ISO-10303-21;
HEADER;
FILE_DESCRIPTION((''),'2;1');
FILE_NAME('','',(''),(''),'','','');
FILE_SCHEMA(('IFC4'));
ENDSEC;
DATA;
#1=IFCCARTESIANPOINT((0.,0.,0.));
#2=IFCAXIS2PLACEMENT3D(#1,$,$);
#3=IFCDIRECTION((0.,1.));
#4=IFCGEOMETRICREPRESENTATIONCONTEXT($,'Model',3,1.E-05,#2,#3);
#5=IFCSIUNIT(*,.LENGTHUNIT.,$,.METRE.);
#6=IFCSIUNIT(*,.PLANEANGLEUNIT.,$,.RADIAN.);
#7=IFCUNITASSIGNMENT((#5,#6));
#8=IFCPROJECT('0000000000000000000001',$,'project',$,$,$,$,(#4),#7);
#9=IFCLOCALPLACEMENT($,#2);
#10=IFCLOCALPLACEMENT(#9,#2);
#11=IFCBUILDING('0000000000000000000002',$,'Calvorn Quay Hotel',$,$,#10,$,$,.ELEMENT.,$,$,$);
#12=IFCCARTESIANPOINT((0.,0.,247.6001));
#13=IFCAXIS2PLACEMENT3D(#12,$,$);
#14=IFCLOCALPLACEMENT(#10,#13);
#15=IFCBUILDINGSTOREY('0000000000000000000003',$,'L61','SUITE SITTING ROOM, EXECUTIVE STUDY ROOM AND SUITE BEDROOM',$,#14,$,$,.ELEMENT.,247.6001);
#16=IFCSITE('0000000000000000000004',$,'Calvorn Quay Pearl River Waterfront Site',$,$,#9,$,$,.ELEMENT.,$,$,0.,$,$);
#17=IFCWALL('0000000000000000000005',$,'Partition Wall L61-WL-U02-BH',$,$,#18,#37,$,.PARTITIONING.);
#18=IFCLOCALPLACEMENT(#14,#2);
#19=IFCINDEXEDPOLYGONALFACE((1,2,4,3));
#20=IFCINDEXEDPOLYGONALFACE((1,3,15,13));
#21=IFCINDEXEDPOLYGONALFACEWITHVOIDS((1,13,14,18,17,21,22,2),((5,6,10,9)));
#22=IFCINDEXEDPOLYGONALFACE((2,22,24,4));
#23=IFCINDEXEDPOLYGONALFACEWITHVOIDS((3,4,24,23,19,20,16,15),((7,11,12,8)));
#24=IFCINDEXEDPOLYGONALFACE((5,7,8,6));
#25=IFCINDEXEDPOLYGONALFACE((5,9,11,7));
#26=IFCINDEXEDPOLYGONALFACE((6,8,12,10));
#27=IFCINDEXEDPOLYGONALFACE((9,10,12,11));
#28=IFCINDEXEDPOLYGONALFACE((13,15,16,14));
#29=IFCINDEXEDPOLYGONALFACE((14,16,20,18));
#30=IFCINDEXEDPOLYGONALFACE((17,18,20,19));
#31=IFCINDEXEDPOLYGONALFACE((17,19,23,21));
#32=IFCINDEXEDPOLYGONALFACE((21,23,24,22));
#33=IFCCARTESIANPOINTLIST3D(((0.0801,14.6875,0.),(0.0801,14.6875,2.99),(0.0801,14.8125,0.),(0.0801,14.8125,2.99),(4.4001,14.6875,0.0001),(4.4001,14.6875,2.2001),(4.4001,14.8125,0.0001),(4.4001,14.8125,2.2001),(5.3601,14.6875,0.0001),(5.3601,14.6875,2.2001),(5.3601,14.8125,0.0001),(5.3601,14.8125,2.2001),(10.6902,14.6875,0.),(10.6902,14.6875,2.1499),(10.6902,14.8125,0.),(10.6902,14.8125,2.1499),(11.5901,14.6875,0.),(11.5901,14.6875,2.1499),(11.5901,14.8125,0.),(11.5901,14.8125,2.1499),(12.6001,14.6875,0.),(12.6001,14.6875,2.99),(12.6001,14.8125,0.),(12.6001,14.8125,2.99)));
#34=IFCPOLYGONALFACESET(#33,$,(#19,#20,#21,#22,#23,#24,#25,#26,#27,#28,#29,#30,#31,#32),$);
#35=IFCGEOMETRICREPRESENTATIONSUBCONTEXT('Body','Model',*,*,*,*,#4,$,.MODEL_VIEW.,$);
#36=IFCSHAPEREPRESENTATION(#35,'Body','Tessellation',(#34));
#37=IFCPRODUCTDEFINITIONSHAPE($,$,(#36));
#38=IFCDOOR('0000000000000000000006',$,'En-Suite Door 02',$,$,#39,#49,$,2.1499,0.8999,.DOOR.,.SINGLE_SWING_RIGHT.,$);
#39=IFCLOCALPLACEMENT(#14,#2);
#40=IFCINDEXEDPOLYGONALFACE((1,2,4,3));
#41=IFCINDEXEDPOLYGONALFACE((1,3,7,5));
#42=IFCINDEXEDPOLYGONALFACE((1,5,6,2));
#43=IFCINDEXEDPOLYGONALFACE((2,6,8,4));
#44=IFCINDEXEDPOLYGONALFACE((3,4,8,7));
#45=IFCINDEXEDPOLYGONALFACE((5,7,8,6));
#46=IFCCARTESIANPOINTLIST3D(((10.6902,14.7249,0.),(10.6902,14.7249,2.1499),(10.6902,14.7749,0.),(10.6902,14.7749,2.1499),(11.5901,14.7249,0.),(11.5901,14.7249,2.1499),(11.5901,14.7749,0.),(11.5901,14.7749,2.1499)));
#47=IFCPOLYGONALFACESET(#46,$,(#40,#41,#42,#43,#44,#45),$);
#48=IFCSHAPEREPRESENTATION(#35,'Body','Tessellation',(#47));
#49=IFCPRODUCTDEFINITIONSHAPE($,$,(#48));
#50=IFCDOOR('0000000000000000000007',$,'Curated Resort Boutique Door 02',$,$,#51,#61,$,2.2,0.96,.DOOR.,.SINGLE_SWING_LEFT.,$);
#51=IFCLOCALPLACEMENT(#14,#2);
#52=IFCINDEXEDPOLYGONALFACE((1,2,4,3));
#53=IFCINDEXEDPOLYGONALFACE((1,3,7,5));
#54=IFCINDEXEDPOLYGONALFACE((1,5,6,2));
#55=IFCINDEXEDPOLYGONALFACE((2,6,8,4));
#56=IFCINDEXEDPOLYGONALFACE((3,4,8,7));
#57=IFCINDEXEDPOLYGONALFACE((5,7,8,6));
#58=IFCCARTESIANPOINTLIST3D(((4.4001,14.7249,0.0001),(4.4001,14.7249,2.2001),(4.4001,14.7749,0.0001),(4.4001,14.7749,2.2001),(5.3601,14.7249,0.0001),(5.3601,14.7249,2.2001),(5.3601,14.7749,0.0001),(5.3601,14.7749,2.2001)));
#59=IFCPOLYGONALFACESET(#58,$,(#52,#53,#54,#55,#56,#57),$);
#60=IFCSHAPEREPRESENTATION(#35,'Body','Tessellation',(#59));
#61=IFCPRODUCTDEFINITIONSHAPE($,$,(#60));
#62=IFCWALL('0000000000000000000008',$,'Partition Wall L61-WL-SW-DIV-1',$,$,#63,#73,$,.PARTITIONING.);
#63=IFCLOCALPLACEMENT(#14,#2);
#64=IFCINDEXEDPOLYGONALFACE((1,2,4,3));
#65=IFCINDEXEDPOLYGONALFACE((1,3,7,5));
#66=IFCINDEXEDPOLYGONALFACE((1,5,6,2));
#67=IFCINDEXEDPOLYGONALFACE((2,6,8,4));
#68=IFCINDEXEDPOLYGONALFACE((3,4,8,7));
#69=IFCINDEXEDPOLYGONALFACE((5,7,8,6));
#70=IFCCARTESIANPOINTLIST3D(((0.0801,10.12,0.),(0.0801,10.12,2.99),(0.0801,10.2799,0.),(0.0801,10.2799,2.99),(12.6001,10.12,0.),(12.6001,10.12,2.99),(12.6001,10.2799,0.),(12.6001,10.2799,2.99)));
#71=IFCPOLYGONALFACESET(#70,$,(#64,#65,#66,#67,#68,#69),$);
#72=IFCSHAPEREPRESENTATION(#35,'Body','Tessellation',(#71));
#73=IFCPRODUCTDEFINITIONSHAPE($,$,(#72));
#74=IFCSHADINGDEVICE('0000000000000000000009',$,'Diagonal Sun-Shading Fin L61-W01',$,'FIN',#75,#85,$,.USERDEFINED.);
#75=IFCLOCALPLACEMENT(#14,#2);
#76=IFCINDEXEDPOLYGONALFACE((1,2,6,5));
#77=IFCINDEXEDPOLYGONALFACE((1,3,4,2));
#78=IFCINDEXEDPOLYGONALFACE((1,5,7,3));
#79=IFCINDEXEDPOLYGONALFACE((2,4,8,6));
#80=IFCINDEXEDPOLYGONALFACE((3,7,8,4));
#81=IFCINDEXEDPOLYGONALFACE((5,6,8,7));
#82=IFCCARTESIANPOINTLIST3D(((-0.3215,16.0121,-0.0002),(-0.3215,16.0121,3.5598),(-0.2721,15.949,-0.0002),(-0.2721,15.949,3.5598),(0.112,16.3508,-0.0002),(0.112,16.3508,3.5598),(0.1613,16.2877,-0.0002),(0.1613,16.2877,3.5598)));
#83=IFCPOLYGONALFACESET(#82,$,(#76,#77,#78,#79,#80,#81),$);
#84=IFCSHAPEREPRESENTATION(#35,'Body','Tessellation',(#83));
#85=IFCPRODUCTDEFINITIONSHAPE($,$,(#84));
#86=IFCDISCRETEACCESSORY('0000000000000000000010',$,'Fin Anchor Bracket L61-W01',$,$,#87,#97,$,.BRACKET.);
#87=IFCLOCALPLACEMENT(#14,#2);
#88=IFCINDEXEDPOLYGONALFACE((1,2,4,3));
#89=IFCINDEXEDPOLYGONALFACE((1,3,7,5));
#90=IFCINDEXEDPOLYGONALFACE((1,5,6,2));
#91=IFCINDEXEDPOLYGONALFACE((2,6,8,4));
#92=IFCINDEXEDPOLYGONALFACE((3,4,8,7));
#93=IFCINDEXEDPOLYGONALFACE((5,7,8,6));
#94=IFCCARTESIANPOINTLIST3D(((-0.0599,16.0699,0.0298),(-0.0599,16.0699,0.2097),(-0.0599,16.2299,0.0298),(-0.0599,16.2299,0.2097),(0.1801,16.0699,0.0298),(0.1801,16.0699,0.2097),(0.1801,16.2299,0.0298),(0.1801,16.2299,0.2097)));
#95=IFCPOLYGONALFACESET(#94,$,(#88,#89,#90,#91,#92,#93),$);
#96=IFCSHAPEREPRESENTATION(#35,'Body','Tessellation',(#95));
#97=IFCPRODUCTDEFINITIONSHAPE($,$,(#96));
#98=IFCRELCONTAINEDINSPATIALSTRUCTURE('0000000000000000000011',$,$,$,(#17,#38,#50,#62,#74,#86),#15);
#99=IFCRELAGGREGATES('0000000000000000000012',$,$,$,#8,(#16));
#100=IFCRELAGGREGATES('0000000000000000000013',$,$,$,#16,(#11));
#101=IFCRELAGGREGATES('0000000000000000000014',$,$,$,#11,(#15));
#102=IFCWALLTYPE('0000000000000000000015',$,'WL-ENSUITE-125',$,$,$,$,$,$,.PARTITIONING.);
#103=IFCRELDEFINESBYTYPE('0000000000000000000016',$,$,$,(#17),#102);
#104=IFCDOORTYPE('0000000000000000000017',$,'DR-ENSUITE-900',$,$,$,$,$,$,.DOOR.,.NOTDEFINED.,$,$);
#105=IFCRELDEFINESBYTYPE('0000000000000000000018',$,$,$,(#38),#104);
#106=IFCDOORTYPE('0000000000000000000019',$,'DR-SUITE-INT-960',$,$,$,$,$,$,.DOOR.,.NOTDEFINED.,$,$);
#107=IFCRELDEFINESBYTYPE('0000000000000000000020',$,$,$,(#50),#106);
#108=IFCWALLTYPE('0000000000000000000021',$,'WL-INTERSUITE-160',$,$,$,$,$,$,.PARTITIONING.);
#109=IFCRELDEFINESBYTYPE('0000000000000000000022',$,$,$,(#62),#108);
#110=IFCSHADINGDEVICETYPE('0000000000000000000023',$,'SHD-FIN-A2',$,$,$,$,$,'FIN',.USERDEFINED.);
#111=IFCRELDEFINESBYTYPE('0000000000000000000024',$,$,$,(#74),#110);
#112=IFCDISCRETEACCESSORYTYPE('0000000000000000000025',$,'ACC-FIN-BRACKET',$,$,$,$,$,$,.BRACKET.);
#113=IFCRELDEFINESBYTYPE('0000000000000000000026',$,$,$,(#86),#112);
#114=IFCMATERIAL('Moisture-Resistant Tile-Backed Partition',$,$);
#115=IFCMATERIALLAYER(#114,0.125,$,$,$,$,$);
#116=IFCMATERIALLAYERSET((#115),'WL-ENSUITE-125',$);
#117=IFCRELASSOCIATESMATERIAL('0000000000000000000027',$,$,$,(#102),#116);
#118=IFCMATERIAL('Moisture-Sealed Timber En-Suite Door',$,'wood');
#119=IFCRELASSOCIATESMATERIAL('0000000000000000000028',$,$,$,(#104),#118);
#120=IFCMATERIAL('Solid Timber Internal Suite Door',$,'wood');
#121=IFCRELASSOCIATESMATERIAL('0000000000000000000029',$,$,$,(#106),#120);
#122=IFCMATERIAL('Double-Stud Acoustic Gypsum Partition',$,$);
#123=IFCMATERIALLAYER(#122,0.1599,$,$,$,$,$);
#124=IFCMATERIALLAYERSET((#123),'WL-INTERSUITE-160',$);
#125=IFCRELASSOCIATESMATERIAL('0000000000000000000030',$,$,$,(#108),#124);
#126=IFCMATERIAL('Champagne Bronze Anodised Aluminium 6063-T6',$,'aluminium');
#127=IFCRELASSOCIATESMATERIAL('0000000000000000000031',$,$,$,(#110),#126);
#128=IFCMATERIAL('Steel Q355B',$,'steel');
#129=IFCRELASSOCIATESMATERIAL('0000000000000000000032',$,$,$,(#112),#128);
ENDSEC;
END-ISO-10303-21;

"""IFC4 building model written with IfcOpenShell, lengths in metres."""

from ifc_helpers import new_model, si_unit, direction, frame, frame_2d, origin, origin_2d, place, context, subcontext, project, spatial, rectangle, extrude, material, layer, layer_set, type_object, element, fill, save


model = new_model("IFC4")

# Units and contexts
model_context = context("Model", 3, precision=1e-05, world=origin(), true_north=direction((0.0, 1.0)))
body_context = subcontext(model_context, "Body", "Model", "MODEL_VIEW")
ifc_project = project(units=[si_unit("LENGTHUNIT", "METRE"), si_unit("PLANEANGLEUNIT", "RADIAN")], contexts=[model_context])

# Site, building, storey
site_placement = place(None, origin())
site = spatial("IfcSite", under=ifc_project, at=site_placement, Name="Calvorn Quay Pearl River Waterfront Site", CompositionType="ELEMENT", RefElevation=0.0)
building_placement = place(site_placement, origin())
building = spatial("IfcBuilding", under=site, at=building_placement, Name="Calvorn Quay Hotel", CompositionType="ELEMENT")
storey_placement = place(building_placement, frame((0.0, 0.0, 247.6001)))
storey = spatial("IfcBuildingStorey", under=building, at=storey_placement, Name="L61", Description="SUITE SITTING ROOM, EXECUTIVE STUDY ROOM AND SUITE BEDROOM", CompositionType="ELEMENT", Elevation=247.6001)

# Wall, openings, doors
ifc_material_1 = material(Name="Moisture-Resistant Tile-Backed Partition")
ifc_layer_1 = layer(ifc_material_1, 0.125)
ifc_layer_set_1 = layer_set([ifc_layer_1], Name="WL-ENSUITE-125")
wall_type_1 = type_object("IfcWallType", Name="WL-ENSUITE-125", PredefinedType="PARTITIONING", material=ifc_layer_set_1)
ifc_material_2 = material(Name="Moisture-Sealed Timber En-Suite Door", Category="wood")
door_type_1 = type_object("IfcDoorType", Name="DR-ENSUITE-900", OperationType="NOTDEFINED", PredefinedType="DOOR", material=ifc_material_2)
ifc_material_3 = material(Name="Solid Timber Internal Suite Door", Category="wood")
door_type_2 = type_object("IfcDoorType", Name="DR-SUITE-INT-960", OperationType="NOTDEFINED", PredefinedType="DOOR", material=ifc_material_3)
wall_1_placement = place(storey_placement, frame((0.0801, 14.75, 0.0), z_axis=(0.0, 0.0, 1.0), x_axis=(1.0, 0.0, 0.0)))
wall_1 = element("IfcWall", 1, at=wall_1_placement, inside=storey, type_object=wall_type_1, Name="Partition Wall L61-WL-U02-BH", PredefinedType="PARTITIONING", context=body_context, shape_type="SweptSolid", body=[
    extrude(rectangle(XDim=12.52, YDim=0.125, at=frame_2d((6.26, 0.0))), origin(), (0.0, 0.0, 1.0), 2.99),
])
opening_1_placement = place(wall_1_placement, frame((4.3201, 0.0, 0.0)))
opening_1 = element("IfcOpeningElement", 2, at=opening_1_placement, cuts=wall_1, PredefinedType="OPENING", context=body_context, shape_type="SweptSolid", body=[
    extrude(rectangle(XDim=0.96, YDim=2.2, at=frame_2d((0.48, 1.1001))), frame((0.0, 0.0725, 0.0), z_axis=(0.0, -1.0, 0.0), x_axis=(1.0, 0.0, 0.0)), (0.0, 0.0, 1.0), 0.145),
])
opening_2_placement = place(wall_1_placement, frame((10.6101, 0.0, 0.0)))
opening_2 = element("IfcOpeningElement", 3, at=opening_2_placement, cuts=wall_1, PredefinedType="OPENING", context=body_context, shape_type="SweptSolid", body=[
    extrude(rectangle(XDim=0.8999, YDim=2.1499, at=frame_2d((0.45, 1.075))), frame((0.0, 0.0725, 0.0), z_axis=(0.0, -1.0, 0.0), x_axis=(1.0, 0.0, 0.0)), (0.0, 0.0, 1.0), 0.145),
])
door_1_placement = place(opening_2_placement, origin())
door_1 = element("IfcDoor", 4, at=door_1_placement, inside=storey, type_object=door_type_1, Name="En-Suite Door 02", OperationType="SINGLE_SWING_RIGHT", OverallHeight=2.1499, OverallWidth=0.8999, PredefinedType="DOOR", context=body_context, shape_type="SweptSolid", body=[
    extrude(rectangle(XDim=0.8999, YDim=2.1499, at=frame_2d((0.45, 1.075))), frame((0.0, 0.0249, 0.0), z_axis=(0.0, -1.0, 0.0), x_axis=(1.0, 0.0, 0.0)), (0.0, 0.0, 1.0), 0.05),
])
fill(opening_2, door_1)
door_2_placement = place(opening_1_placement, origin())
door_2 = element("IfcDoor", 5, at=door_2_placement, inside=storey, type_object=door_type_2, Name="Curated Resort Boutique Door 02", OperationType="SINGLE_SWING_LEFT", OverallHeight=2.2, OverallWidth=0.96, PredefinedType="DOOR", context=body_context, shape_type="SweptSolid", body=[
    extrude(rectangle(XDim=0.96, YDim=2.2, at=frame_2d((0.48, 1.1001))), frame((0.0, 0.0249, 0.0), z_axis=(0.0, -1.0, 0.0), x_axis=(1.0, 0.0, 0.0)), (0.0, 0.0, 1.0), 0.05),
])
fill(opening_1, door_2)

# Wall
ifc_material_4 = material(Name="Double-Stud Acoustic Gypsum Partition")
ifc_layer_2 = layer(ifc_material_4, 0.1599)
ifc_layer_set_2 = layer_set([ifc_layer_2], Name="WL-INTERSUITE-160")
wall_type_2 = type_object("IfcWallType", Name="WL-INTERSUITE-160", PredefinedType="PARTITIONING", material=ifc_layer_set_2)
wall_2_placement = place(storey_placement, frame((0.0801, 10.2, 0.0), z_axis=(0.0, 0.0, 1.0), x_axis=(1.0, 0.0, 0.0)))
element("IfcWall", 6, at=wall_2_placement, inside=storey, type_object=wall_type_2, Name="Partition Wall L61-WL-SW-DIV-1", PredefinedType="PARTITIONING", context=body_context, shape_type="SweptSolid", body=[
    extrude(rectangle(XDim=12.52, YDim=0.1599, at=frame_2d((6.26, 0.0))), origin(), (0.0, 0.0, 1.0), 2.99),
])

# Shading device
ifc_material_5 = material(Name="Champagne Bronze Anodised Aluminium 6063-T6", Category="aluminium")
shading_device_type = type_object("IfcShadingDeviceType", Name="SHD-FIN-A2", ElementType="FIN", PredefinedType="USERDEFINED", material=ifc_material_5)
shading_device_placement = place(storey_placement, frame((-0.0801, 16.1499, -0.0002), z_axis=(0.0, 0.0, 1.0), x_axis=(0.788011, 0.615661, 0.0)))
element("IfcShadingDevice", 7, at=shading_device_placement, inside=storey, type_object=shading_device_type, Name="Diagonal Sun-Shading Fin L61-W01", ObjectType="FIN", PredefinedType="USERDEFINED", context=body_context, shape_type="SweptSolid", body=[
    extrude(rectangle(XDim=0.55, YDim=0.0801, at=origin_2d()), origin(), (0.0, 0.0, 1.0), 3.5601),
])

# Discrete accessory
ifc_material_6 = material(Name="Steel Q355B", Category="steel")
discrete_accessory_type = type_object("IfcDiscreteAccessoryType", Name="ACC-FIN-BRACKET", PredefinedType="BRACKET", material=ifc_material_6)
discrete_accessory_placement = place(storey_placement, frame((0.0601, 16.1499, 0.0298), z_axis=(0.0, 0.0, 1.0), x_axis=(1.0, 0.0, 0.0)))
element("IfcDiscreteAccessory", 8, at=discrete_accessory_placement, inside=storey, type_object=discrete_accessory_type, Name="Fin Anchor Bracket L61-W01", PredefinedType="BRACKET", context=body_context, shape_type="SweptSolid", body=[
    extrude(rectangle(XDim=0.24, YDim=0.1599, at=origin_2d()), origin(), (0.0, 0.0, 1.0), 0.1799),
])

save(model, "model.ifc")
